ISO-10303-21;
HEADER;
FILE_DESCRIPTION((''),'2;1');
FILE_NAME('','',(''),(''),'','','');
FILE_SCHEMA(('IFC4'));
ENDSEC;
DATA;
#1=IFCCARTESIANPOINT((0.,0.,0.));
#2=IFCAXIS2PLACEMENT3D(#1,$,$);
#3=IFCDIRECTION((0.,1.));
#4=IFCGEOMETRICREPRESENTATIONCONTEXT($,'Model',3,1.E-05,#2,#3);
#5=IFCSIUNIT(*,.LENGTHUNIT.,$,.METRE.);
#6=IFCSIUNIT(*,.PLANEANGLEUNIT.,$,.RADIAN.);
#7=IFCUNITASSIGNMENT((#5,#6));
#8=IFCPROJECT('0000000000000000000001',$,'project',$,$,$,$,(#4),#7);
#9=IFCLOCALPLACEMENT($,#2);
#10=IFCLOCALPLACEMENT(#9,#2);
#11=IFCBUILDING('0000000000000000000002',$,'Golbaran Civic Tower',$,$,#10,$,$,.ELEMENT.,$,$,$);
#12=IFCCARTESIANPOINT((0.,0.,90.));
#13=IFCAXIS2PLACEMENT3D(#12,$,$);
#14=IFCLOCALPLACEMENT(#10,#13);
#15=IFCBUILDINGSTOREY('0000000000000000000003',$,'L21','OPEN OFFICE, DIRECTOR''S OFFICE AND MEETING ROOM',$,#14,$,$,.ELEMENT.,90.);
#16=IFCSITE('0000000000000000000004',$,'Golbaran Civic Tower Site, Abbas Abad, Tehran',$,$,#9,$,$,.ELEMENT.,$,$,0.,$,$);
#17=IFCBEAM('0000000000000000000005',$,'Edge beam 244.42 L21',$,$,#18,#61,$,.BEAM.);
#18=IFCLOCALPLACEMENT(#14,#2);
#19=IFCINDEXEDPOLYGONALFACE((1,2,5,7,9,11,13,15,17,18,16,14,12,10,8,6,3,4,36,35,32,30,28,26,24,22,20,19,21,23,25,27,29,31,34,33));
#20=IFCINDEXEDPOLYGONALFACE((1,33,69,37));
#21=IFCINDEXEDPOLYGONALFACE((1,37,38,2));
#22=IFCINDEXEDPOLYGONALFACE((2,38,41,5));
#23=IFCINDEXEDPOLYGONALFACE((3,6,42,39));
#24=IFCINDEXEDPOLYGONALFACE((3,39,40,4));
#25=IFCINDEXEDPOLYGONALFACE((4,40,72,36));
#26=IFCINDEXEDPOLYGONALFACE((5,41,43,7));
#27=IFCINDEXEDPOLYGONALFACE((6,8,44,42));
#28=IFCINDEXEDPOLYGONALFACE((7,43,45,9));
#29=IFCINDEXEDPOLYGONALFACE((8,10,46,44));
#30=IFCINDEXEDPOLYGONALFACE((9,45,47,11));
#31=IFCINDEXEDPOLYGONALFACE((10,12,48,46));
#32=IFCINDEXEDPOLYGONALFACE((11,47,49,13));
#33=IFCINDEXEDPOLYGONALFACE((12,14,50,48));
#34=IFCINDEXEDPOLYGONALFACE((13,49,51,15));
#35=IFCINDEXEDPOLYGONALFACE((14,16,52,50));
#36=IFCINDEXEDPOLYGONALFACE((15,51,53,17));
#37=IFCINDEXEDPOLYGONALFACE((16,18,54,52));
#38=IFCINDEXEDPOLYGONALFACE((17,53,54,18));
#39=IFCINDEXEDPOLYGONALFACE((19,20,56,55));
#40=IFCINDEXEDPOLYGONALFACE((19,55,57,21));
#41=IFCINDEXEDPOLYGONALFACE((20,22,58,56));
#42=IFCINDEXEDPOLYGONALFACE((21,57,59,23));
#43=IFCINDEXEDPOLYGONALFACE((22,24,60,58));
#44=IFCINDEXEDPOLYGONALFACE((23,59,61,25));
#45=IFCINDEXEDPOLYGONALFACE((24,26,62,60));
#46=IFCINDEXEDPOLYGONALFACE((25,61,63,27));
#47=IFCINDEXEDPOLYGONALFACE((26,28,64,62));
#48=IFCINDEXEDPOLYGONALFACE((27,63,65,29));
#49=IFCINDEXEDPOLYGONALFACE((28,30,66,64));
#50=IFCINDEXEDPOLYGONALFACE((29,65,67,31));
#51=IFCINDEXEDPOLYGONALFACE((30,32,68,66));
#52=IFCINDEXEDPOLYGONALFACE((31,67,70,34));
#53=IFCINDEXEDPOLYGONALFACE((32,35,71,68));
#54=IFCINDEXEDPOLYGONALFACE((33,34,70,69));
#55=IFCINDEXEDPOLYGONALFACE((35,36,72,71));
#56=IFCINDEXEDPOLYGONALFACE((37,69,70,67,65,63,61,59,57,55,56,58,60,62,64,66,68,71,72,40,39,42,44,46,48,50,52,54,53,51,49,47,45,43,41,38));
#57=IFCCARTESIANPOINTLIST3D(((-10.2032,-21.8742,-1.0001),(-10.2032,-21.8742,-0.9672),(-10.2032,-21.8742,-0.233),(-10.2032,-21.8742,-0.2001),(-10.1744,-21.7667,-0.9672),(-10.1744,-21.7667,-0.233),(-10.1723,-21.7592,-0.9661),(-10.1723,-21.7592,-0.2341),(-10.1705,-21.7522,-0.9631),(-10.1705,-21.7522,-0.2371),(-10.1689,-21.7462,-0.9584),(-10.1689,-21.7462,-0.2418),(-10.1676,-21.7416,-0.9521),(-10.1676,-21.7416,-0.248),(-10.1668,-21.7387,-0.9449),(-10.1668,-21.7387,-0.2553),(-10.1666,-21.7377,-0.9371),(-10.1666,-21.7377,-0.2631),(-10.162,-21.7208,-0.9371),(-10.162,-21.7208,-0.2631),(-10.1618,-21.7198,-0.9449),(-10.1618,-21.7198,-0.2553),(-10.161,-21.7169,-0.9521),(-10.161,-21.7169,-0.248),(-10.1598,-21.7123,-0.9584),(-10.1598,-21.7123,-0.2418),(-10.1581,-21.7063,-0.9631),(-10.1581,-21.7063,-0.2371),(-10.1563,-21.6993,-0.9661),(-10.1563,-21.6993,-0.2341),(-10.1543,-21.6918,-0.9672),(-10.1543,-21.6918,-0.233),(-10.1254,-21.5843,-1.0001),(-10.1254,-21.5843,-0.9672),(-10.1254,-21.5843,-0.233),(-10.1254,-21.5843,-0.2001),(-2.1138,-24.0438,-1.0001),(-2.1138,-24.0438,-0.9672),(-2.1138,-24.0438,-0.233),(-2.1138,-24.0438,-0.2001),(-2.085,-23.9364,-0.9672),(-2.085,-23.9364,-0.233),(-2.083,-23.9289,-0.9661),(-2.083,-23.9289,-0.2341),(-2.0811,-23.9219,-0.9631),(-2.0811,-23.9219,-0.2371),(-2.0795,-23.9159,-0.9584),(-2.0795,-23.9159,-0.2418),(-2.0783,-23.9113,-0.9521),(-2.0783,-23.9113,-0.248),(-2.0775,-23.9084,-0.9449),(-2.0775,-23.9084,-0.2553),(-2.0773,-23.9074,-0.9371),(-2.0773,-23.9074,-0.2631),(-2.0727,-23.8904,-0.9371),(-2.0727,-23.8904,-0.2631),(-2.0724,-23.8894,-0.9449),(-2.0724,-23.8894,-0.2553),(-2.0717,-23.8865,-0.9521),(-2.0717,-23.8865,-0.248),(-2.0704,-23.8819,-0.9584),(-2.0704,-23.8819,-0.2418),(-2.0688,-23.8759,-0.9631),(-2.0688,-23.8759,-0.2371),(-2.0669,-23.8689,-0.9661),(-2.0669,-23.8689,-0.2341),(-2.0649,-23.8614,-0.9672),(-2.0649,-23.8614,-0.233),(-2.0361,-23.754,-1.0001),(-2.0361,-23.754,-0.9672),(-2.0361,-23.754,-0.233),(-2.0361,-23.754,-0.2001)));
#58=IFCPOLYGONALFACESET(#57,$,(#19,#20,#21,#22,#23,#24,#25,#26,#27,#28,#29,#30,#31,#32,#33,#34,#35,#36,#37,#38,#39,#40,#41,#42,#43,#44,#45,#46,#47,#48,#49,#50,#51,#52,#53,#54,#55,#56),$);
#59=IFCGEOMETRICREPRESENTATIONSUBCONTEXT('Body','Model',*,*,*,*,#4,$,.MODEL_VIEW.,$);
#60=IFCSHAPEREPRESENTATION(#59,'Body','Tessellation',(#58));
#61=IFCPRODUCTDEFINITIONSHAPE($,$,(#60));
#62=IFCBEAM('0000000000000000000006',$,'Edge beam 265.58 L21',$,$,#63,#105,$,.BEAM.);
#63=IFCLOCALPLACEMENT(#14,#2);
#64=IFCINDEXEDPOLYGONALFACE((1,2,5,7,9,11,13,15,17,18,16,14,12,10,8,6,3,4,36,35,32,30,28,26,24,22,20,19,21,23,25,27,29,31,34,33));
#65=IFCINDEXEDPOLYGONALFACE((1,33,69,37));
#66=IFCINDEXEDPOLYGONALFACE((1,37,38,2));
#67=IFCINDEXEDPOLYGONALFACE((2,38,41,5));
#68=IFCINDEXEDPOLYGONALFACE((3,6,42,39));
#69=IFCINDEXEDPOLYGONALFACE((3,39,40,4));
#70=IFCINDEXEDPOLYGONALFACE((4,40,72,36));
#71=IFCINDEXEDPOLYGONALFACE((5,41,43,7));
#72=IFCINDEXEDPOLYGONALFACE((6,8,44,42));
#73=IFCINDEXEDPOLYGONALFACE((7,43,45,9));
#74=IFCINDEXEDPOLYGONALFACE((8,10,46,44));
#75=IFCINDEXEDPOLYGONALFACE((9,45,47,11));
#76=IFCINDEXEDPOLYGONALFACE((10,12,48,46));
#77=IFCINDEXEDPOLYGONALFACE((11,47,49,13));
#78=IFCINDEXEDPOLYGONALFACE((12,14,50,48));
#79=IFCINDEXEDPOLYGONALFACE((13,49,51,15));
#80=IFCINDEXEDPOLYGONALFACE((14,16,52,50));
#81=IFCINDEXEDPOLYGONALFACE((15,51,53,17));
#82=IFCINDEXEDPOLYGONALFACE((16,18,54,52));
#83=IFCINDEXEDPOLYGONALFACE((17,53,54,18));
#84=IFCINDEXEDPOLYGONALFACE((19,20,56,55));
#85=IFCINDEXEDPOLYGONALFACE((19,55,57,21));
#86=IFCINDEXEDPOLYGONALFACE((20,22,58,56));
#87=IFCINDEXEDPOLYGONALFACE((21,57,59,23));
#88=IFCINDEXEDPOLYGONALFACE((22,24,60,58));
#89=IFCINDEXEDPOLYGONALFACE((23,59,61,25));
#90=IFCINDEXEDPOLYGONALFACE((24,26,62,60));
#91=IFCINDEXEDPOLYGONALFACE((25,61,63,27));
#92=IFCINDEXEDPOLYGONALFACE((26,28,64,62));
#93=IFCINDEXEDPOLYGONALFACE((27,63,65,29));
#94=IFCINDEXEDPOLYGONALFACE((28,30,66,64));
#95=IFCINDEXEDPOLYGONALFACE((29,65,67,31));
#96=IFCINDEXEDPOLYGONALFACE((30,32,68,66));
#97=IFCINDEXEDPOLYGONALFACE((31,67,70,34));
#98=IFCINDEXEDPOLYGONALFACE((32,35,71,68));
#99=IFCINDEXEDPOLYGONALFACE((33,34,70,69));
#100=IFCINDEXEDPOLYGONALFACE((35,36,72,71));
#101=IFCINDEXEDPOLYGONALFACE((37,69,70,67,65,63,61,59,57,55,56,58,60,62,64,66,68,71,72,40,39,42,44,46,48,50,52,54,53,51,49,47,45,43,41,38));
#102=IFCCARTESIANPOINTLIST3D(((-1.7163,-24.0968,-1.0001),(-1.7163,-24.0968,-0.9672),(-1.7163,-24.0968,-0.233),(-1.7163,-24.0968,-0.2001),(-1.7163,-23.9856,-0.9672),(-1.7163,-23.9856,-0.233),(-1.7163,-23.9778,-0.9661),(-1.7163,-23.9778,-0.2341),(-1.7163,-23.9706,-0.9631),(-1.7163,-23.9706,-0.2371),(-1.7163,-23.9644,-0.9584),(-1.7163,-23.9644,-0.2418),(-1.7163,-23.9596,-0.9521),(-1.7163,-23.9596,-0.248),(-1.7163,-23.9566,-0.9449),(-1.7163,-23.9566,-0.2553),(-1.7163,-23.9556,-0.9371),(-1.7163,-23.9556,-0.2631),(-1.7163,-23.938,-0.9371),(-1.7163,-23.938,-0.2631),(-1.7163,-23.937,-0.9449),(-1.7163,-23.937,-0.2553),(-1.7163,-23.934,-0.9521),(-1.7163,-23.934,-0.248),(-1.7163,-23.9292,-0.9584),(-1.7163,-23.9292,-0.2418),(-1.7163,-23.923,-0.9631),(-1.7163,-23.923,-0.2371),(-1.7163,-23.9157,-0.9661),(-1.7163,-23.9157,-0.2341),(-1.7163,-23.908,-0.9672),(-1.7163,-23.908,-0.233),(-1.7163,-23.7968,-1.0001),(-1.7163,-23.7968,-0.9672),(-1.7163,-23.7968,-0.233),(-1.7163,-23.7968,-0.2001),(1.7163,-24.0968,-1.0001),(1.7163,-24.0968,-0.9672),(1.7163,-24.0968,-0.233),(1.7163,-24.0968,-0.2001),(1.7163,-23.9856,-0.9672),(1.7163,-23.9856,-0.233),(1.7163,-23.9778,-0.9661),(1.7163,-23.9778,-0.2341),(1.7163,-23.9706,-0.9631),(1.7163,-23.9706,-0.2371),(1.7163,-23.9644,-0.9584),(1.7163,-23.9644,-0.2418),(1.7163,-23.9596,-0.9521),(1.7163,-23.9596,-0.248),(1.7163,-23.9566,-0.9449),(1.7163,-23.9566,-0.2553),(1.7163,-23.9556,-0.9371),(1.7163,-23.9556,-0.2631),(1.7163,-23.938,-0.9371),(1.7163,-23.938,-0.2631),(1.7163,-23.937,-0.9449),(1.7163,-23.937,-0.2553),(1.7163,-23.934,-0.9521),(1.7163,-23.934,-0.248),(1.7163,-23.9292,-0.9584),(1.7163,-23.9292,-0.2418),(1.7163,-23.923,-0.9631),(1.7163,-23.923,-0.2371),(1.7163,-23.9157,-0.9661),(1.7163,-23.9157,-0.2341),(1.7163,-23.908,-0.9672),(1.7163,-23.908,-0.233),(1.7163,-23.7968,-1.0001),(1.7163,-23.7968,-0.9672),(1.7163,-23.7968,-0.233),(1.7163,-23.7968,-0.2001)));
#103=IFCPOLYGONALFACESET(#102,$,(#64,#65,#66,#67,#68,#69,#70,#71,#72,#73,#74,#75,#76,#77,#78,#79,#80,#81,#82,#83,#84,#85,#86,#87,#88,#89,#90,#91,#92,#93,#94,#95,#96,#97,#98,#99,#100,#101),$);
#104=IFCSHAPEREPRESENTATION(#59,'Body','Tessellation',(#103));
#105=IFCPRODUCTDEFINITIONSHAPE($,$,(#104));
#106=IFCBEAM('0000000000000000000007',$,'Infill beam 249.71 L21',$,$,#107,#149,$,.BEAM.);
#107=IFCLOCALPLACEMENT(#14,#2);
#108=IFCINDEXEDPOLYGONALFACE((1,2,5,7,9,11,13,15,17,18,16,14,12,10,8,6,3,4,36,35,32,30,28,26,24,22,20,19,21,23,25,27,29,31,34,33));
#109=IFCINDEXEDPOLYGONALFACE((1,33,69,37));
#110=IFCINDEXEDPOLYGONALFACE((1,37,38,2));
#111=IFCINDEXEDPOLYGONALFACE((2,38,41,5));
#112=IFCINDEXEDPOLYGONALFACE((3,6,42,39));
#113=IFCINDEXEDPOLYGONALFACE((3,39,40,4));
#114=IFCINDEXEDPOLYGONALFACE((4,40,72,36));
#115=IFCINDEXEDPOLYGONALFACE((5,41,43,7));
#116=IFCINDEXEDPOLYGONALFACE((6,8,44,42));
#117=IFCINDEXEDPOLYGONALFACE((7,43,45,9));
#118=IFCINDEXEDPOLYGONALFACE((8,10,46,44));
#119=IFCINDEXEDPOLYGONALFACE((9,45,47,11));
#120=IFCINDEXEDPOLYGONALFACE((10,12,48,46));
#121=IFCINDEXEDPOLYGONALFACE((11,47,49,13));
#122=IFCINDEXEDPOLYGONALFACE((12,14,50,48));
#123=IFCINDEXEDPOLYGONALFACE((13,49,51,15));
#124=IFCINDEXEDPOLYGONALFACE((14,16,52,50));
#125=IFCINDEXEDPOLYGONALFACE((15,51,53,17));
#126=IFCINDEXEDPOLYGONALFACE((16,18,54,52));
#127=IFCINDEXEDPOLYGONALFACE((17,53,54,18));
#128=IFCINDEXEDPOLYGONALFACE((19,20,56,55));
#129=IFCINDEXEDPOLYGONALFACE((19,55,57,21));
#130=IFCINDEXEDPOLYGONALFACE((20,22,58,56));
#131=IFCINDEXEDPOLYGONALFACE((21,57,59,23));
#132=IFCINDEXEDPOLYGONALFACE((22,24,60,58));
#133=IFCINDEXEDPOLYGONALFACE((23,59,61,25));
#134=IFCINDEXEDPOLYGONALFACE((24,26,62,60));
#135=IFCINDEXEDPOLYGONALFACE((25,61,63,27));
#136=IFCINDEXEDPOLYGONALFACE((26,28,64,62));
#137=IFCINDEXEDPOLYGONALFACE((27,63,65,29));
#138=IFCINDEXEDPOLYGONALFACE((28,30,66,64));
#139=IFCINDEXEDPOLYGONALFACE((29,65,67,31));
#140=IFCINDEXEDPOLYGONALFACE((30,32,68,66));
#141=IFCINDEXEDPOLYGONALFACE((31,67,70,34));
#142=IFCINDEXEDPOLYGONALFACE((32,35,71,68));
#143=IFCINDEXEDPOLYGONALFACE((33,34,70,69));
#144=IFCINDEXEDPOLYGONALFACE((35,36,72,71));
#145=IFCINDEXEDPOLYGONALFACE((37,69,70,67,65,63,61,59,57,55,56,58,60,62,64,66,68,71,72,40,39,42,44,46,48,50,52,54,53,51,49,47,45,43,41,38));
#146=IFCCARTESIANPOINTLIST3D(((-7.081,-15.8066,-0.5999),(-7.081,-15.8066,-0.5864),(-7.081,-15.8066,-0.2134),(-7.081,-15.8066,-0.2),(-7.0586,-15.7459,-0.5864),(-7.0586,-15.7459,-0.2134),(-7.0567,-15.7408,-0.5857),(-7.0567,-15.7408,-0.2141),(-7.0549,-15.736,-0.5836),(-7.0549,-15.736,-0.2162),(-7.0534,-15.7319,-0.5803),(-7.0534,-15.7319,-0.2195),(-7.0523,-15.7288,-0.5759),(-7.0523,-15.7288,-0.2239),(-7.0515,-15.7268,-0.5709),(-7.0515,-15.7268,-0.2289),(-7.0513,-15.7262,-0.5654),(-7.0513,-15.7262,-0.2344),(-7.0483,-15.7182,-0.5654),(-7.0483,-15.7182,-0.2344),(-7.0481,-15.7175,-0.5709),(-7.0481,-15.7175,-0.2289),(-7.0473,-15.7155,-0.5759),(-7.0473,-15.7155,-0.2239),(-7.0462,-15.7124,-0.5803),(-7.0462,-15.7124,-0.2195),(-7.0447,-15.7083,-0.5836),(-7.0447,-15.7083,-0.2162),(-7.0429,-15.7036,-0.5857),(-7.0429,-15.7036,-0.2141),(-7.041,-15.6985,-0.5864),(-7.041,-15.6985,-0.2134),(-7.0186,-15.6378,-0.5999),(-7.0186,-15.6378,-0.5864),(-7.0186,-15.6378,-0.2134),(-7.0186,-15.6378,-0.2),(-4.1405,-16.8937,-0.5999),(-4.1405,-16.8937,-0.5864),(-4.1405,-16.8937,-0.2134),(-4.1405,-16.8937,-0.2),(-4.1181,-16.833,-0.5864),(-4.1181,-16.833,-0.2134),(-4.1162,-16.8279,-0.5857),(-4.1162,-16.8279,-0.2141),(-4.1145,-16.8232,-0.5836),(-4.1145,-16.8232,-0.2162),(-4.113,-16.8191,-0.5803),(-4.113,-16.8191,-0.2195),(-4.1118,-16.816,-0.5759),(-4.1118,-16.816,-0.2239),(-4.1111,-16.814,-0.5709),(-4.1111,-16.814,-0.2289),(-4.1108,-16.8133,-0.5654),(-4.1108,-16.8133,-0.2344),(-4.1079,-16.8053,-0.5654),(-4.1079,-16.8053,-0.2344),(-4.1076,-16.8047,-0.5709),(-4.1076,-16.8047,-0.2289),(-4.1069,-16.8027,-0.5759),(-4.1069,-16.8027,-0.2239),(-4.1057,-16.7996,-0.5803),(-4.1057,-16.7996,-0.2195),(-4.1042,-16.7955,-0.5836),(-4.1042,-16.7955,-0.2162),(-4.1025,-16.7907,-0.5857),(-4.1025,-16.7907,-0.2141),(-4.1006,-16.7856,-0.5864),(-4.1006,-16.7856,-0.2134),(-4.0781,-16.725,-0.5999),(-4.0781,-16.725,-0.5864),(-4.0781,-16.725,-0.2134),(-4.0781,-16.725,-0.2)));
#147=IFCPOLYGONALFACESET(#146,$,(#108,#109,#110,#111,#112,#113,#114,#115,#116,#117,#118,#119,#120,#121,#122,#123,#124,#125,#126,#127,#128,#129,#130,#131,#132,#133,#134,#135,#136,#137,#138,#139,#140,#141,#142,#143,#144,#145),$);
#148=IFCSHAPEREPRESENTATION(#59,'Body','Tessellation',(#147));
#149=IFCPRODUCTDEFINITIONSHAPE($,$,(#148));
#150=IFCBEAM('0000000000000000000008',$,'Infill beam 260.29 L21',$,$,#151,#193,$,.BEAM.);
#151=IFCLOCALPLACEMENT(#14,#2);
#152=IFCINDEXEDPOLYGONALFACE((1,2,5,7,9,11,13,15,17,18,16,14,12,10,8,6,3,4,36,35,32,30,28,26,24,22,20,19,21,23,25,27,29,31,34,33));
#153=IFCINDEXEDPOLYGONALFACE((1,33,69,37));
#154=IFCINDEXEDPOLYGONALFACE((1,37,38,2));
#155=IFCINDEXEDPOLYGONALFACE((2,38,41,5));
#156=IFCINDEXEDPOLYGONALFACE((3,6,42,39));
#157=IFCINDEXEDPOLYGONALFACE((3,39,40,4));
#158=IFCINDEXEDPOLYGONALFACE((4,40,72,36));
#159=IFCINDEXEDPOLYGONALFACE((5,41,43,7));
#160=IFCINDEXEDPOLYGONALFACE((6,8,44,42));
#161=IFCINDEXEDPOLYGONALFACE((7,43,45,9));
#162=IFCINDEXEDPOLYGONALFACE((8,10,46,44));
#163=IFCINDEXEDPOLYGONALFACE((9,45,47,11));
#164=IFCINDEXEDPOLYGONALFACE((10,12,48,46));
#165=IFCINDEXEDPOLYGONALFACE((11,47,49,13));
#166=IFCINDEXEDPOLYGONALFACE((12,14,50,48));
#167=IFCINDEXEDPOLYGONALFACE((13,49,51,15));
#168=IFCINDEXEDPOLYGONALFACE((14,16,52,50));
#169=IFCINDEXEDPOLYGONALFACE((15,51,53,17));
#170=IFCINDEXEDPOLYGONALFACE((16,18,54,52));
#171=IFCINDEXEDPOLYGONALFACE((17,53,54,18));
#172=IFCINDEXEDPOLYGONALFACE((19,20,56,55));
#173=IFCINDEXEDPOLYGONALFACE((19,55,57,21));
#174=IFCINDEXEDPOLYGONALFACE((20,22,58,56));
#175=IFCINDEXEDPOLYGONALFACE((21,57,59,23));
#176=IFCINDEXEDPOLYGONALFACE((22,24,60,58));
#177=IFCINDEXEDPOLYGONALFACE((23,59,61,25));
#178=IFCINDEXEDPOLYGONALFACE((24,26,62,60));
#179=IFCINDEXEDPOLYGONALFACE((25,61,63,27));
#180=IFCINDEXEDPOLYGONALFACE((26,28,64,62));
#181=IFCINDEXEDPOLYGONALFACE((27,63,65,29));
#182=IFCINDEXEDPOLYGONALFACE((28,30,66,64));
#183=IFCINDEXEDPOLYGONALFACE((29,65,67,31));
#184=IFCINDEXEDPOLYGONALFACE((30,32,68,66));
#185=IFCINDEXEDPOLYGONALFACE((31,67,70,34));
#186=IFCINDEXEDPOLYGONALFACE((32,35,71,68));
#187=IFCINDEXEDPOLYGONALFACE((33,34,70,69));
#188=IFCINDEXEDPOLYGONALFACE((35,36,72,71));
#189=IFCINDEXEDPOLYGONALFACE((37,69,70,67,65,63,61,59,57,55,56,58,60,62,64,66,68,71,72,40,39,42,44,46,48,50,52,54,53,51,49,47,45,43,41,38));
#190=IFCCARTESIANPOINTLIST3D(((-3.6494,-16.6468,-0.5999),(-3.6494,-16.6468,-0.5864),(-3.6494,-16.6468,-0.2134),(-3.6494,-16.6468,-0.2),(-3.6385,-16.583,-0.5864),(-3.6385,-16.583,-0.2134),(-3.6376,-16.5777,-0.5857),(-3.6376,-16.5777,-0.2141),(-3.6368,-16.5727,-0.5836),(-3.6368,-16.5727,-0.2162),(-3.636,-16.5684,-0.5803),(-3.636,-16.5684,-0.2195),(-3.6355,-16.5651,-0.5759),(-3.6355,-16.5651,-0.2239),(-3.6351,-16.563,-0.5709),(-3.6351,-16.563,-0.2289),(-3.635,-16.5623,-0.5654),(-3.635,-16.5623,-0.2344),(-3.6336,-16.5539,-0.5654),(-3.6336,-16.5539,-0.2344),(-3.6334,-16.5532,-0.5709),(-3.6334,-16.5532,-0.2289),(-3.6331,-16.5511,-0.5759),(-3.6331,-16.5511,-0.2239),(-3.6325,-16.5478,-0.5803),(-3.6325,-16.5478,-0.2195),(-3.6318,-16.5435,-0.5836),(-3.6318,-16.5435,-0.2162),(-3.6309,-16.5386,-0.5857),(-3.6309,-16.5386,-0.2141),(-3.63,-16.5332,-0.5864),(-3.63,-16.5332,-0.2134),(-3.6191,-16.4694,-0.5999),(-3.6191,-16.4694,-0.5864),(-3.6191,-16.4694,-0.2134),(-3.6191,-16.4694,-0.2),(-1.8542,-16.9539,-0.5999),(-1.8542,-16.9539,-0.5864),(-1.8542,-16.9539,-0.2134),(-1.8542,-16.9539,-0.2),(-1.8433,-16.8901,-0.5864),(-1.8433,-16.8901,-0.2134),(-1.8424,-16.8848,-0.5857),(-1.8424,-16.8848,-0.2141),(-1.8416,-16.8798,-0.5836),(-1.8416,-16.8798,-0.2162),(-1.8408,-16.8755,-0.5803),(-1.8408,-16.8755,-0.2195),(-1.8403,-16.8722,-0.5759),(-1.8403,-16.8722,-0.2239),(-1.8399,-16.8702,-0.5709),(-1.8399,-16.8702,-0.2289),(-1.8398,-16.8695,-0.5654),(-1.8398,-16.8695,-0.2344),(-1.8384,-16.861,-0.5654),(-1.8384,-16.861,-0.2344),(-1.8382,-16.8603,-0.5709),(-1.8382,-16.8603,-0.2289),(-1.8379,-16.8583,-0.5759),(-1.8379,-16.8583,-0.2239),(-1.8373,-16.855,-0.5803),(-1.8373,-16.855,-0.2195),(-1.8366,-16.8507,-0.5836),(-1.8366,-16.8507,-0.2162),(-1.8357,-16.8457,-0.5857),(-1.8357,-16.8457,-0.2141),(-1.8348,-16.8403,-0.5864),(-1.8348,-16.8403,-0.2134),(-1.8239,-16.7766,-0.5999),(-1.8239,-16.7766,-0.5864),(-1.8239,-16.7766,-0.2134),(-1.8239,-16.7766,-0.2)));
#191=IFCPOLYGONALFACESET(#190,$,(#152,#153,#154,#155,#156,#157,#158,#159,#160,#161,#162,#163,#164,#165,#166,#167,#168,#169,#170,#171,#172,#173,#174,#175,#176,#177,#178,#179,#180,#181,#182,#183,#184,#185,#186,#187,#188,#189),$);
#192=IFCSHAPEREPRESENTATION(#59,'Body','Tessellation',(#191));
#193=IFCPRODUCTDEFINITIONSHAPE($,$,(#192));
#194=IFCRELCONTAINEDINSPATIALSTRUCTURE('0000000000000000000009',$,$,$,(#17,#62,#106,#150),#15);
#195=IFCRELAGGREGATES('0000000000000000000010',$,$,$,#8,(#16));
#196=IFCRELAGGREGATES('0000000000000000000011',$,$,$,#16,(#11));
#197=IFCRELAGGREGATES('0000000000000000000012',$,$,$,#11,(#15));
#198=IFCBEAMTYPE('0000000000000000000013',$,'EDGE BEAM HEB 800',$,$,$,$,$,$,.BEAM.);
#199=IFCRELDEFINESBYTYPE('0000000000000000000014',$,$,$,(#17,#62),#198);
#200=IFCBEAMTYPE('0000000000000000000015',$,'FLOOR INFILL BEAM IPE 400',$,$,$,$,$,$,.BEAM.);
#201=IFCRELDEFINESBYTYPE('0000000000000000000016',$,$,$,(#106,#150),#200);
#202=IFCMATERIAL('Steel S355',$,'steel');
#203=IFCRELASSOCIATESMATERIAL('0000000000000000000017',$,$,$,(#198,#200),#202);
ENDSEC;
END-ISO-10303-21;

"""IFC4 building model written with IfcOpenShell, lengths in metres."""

from ifc_helpers import new_model, si_unit, direction, frame, origin, origin_2d, place, context, subcontext, project, spatial, i_section, extrude, material, material_profile, profile_set, type_object, element, save


model = new_model("IFC4")

# Units and contexts
model_context = context("Model", 3, precision=1e-05, world=origin(), true_north=direction((0.0, 1.0)))
body_context = subcontext(model_context, "Body", "Model", "MODEL_VIEW")
ifc_project = project(units=[si_unit("LENGTHUNIT", "METRE"), si_unit("PLANEANGLEUNIT", "RADIAN")], contexts=[model_context])

# Site, building, storey
site_placement = place(None, origin())
site = spatial("IfcSite", under=ifc_project, at=site_placement, Name="Golbaran Civic Tower Site, Abbas Abad, Tehran", CompositionType="ELEMENT", RefElevation=0.0)
building_placement = place(site_placement, origin())
building = spatial("IfcBuilding", under=site, at=building_placement, Name="Golbaran Civic Tower", CompositionType="ELEMENT")
storey_placement = place(building_placement, frame((0.0, 0.0, 90.0)))
storey = spatial("IfcBuildingStorey", under=building, at=storey_placement, Name="L21", Description="OPEN OFFICE, DIRECTOR'S OFFICE AND MEETING ROOM", CompositionType="ELEMENT", Elevation=90.0)

# Beams
ifc_material_1 = material(Name="Steel S355", Category="steel")
ifc_material_profile_1 = material_profile(ifc_material_1, i_section(OverallWidth=0.3, OverallDepth=0.8, WebThickness=0.0176, FlangeThickness=0.033, FilletRadius=0.03, at=origin_2d()), Name="HEB 800")
ifc_profile_set_1 = profile_set([ifc_material_profile_1], Name="Steel S355")
beam_type_1 = type_object("IfcBeamType", Name="EDGE BEAM HEB 800", PredefinedType="BEAM", material=ifc_profile_set_1)
beam_1_placement = place(storey_placement, frame((-10.1643, -21.7292, -0.6001), z_axis=(0.965862, -0.259058, 0.0), x_axis=(0.259058, 0.965862, 0.0)))
element("IfcBeam", 1, at=beam_1_placement, inside=storey, type_object=beam_type_1, Name="Edge beam 244.42 L21", PredefinedType="BEAM", context=body_context, shape_type="SweptSolid", body=[
    extrude(i_section(OverallWidth=0.3, OverallDepth=0.8, WebThickness=0.0176, FlangeThickness=0.033, FilletRadius=0.03, at=origin_2d()), origin(), (0.0, 0.0, 1.0), 8.3752),
])
beam_2_placement = place(storey_placement, frame((-1.7163, -23.9468, -0.6001), z_axis=(1.0, 0.0, 0.0), x_axis=(0.0, 1.0, 0.0)))
element("IfcBeam", 2, at=beam_2_placement, inside=storey, type_object=beam_type_1, Name="Edge beam 265.58 L21", PredefinedType="BEAM", context=body_context, shape_type="SweptSolid", body=[
    extrude(i_section(OverallWidth=0.3, OverallDepth=0.8, WebThickness=0.0176, FlangeThickness=0.033, FilletRadius=0.03, at=origin_2d()), origin(), (0.0, 0.0, 1.0), 3.4326),
])
ifc_material_profile_2 = material_profile(ifc_material_1, i_section(OverallWidth=0.1799, OverallDepth=0.3999, WebThickness=0.0085, FlangeThickness=0.0134, FilletRadius=0.021, at=origin_2d()), Name="IPE 400")
ifc_profile_set_2 = profile_set([ifc_material_profile_2], Name="Steel S355")
beam_type_2 = type_object("IfcBeamType", Name="FLOOR INFILL BEAM IPE 400", PredefinedType="BEAM", material=ifc_profile_set_2)
beam_3_placement = place(storey_placement, frame((-7.0498, -15.7222, -0.3999), z_axis=(0.937945, -0.346784, 0.0), x_axis=(0.346784, 0.937945, 0.0)))
element("IfcBeam", 3, at=beam_3_placement, inside=storey, type_object=beam_type_2, Name="Infill beam 249.71 L21", PredefinedType="BEAM", context=body_context, shape_type="SweptSolid", body=[
    extrude(i_section(OverallWidth=0.1799, OverallDepth=0.3999, WebThickness=0.0085, FlangeThickness=0.0134, FilletRadius=0.021, at=origin_2d()), origin(), (0.0, 0.0, 1.0), 3.135),
])
beam_4_placement = place(storey_placement, frame((-3.6343, -16.5581, -0.3999), z_axis=(0.985678, -0.168636, 0.0), x_axis=(0.168636, 0.985678, 0.0)))
element("IfcBeam", 4, at=beam_4_placement, inside=storey, type_object=beam_type_2, Name="Infill beam 260.29 L21", PredefinedType="BEAM", context=body_context, shape_type="SweptSolid", body=[
    extrude(i_section(OverallWidth=0.1799, OverallDepth=0.3999, WebThickness=0.0085, FlangeThickness=0.0134, FilletRadius=0.021, at=origin_2d()), origin(), (0.0, 0.0, 1.0), 1.8213),
])

save(model, "model.ifc")
